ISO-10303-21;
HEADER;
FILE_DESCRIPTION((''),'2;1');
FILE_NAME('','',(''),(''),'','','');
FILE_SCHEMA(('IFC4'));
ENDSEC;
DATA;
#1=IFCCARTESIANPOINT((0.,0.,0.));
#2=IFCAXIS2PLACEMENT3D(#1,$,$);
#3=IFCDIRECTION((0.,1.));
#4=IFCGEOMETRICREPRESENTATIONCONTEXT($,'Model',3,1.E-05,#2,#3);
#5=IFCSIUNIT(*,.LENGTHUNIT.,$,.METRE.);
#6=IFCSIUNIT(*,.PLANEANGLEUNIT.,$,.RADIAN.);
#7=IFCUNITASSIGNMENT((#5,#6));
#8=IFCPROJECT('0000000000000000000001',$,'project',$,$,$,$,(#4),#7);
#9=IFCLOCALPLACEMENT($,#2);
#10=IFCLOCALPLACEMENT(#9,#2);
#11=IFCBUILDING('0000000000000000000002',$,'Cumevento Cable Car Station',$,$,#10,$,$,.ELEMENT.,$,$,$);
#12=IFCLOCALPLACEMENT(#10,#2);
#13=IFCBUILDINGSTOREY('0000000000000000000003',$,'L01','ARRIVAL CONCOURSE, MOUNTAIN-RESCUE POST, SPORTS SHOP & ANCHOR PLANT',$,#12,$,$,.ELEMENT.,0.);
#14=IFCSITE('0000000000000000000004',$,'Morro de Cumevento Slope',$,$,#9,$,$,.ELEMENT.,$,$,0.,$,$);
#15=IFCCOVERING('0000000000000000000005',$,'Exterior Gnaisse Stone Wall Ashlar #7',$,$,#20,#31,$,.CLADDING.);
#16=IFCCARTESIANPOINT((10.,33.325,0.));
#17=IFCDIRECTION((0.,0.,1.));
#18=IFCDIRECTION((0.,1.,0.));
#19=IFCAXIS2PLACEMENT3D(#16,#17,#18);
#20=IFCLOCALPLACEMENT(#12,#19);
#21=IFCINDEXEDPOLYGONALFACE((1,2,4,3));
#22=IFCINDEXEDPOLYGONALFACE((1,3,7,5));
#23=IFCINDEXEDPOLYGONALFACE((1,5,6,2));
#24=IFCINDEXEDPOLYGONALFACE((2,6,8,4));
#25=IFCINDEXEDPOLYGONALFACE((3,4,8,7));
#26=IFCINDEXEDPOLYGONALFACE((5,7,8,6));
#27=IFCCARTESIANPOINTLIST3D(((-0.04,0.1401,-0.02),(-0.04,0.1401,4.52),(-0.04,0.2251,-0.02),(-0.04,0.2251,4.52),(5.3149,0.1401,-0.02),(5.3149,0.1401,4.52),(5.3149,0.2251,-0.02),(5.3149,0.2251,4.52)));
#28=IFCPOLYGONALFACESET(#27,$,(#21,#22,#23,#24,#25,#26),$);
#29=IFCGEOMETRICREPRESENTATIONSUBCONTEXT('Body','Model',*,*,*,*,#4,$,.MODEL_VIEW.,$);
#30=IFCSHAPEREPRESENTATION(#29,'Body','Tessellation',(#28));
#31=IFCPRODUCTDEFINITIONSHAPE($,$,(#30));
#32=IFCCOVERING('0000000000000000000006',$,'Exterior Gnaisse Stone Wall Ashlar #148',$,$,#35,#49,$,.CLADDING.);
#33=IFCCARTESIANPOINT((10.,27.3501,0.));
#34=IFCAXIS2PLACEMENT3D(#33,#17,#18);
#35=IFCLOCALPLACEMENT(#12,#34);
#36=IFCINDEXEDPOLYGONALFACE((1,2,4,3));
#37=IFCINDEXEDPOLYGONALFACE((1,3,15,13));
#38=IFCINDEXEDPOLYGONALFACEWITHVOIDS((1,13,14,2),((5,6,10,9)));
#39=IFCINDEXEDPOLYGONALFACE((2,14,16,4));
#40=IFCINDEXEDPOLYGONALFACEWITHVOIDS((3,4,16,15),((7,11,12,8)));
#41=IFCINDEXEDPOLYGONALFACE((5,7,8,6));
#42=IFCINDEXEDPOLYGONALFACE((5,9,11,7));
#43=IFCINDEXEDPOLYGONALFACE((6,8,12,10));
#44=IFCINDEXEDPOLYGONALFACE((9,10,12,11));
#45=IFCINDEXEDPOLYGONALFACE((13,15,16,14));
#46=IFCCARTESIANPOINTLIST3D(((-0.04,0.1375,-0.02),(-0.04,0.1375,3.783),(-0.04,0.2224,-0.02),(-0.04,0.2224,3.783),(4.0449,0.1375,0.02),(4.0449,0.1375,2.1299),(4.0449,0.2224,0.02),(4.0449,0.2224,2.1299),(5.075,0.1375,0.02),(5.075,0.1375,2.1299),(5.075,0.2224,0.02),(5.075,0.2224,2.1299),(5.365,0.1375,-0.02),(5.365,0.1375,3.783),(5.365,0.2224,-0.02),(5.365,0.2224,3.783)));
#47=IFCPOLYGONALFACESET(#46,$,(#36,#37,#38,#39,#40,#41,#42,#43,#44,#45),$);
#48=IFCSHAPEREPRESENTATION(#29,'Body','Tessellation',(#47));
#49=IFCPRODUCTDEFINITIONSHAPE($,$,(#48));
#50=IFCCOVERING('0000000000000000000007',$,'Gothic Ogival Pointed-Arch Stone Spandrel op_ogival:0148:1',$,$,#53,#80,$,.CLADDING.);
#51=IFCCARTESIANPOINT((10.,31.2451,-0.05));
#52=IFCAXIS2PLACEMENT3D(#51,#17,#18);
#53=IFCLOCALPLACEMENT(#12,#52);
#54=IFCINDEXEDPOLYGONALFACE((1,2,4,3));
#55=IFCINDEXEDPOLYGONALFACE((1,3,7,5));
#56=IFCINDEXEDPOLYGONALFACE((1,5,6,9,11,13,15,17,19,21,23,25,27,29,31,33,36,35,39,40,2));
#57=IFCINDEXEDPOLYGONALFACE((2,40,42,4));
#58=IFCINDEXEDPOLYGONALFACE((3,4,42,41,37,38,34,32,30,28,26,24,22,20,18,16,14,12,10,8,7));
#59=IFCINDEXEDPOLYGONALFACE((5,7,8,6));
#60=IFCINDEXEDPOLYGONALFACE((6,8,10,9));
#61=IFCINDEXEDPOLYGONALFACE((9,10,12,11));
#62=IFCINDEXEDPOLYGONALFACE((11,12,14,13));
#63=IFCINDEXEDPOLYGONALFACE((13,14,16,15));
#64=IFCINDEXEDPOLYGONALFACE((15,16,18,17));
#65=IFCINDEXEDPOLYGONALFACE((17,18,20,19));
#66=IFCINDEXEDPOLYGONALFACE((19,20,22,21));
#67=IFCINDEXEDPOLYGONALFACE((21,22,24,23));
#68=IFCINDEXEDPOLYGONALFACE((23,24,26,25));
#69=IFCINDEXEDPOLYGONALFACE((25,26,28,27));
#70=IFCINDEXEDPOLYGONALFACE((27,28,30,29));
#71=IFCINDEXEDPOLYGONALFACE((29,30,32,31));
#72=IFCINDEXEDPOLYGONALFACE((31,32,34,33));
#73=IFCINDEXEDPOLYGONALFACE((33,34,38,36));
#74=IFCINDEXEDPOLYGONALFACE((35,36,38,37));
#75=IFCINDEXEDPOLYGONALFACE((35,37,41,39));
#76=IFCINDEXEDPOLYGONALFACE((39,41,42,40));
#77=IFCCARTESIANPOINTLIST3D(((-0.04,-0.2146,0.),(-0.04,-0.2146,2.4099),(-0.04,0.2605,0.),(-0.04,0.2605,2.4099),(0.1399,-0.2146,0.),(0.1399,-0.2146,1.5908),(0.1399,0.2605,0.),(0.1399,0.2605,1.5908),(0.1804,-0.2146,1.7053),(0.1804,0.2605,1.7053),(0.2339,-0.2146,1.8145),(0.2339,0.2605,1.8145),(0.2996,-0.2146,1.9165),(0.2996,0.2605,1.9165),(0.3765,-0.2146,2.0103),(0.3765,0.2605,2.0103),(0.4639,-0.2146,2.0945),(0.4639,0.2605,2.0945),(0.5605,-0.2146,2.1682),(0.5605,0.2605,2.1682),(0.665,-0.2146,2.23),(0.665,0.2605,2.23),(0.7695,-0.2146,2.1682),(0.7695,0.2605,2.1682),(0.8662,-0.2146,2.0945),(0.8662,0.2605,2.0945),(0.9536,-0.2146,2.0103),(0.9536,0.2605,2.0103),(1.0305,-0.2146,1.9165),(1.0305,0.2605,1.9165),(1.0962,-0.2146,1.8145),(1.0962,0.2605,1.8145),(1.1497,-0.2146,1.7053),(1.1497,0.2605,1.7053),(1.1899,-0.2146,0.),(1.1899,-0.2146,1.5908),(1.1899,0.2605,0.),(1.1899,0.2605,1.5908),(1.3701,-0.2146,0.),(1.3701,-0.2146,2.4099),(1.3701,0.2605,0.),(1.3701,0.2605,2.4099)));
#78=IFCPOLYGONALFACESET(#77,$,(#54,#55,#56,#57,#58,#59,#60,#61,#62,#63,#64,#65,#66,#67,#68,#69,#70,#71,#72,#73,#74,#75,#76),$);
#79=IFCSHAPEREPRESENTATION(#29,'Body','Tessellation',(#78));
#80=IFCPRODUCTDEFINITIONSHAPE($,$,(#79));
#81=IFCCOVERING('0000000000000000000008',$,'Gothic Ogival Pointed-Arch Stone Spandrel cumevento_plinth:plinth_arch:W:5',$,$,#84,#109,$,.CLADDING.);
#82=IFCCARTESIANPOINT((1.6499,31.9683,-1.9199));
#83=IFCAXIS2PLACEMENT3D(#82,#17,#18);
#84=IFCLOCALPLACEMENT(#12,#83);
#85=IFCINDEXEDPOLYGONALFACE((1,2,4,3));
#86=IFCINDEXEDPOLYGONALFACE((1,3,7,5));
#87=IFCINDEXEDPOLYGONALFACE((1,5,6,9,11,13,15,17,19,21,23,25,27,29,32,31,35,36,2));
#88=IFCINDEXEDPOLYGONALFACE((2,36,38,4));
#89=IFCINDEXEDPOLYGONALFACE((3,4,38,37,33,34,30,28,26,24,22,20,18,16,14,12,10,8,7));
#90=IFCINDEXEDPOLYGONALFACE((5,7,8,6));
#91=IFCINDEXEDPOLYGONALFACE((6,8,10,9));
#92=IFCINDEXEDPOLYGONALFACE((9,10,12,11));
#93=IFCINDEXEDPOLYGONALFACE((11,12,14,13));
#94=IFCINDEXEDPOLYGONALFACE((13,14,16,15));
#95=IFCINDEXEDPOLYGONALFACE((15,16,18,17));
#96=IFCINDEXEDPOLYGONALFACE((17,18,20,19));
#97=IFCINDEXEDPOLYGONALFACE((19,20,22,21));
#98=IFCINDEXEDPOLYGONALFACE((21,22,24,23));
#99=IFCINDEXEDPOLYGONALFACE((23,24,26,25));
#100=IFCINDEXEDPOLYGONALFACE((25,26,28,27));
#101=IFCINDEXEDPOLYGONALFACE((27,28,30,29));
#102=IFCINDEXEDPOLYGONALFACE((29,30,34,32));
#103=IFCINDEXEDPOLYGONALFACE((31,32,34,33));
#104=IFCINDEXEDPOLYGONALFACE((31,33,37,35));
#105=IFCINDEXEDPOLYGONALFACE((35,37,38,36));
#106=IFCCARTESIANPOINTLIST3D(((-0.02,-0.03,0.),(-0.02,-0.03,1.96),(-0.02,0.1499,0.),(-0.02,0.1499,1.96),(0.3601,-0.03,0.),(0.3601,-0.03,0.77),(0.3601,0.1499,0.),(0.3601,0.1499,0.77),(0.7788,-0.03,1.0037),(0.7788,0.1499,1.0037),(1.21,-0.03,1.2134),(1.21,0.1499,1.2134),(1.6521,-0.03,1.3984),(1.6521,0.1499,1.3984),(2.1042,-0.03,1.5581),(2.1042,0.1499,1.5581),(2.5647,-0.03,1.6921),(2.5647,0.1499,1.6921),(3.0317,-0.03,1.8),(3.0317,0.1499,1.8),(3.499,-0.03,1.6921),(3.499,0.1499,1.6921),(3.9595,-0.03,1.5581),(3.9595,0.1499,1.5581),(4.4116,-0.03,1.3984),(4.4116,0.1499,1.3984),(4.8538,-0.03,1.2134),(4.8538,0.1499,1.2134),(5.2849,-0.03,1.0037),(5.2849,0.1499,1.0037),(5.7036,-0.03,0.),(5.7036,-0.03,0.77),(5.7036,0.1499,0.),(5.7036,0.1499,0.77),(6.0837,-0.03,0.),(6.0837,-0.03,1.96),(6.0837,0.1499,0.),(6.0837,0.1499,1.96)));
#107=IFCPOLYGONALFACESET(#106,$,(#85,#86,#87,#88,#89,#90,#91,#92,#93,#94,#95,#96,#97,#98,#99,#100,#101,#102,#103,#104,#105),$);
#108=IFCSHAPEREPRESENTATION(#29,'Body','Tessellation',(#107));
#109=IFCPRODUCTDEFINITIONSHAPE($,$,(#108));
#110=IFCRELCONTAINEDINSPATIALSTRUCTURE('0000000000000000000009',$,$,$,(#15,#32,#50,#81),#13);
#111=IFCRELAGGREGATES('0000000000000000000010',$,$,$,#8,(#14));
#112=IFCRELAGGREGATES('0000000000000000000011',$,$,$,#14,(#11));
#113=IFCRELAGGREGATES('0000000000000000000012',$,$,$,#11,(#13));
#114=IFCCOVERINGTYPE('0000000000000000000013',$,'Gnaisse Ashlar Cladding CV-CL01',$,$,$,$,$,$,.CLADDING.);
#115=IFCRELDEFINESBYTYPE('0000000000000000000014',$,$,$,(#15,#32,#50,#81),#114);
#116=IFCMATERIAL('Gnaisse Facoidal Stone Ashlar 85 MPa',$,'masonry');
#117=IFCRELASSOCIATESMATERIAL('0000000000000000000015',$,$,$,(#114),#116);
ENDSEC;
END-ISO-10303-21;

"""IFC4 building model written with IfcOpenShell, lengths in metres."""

from ifc_helpers import new_model, si_unit, direction, frame, origin, place, context, subcontext, project, spatial, polyline, outline, extrude, material, type_object, element, save


model = new_model("IFC4")

# Units and contexts
model_context = context("Model", 3, precision=1e-05, world=origin(), true_north=direction((0.0, 1.0)))
body_context = subcontext(model_context, "Body", "Model", "MODEL_VIEW")
ifc_project = project(units=[si_unit("LENGTHUNIT", "METRE"), si_unit("PLANEANGLEUNIT", "RADIAN")], contexts=[model_context])

# Site, building, storey
site_placement = place(None, origin())
site = spatial("IfcSite", under=ifc_project, at=site_placement, Name="Morro de Cumevento Slope", CompositionType="ELEMENT", RefElevation=0.0)
building_placement = place(site_placement, origin())
building = spatial("IfcBuilding", under=site, at=building_placement, Name="Cumevento Cable Car Station", CompositionType="ELEMENT")
storey_placement = place(building_placement, origin())
storey = spatial("IfcBuildingStorey", under=building, at=storey_placement, Name="L01", Description="ARRIVAL CONCOURSE, MOUNTAIN-RESCUE POST, SPORTS SHOP & ANCHOR PLANT", CompositionType="ELEMENT", Elevation=0.0)

# Coverings
ifc_material_1 = material(Name="Gnaisse Facoidal Stone Ashlar 85 MPa", Category="masonry")
covering_type = type_object("IfcCoveringType", Name="Gnaisse Ashlar Cladding CV-CL01", PredefinedType="CLADDING", material=ifc_material_1)
covering_1_placement = place(storey_placement, frame((10.0, 33.325, 0.0), z_axis=(0.0, 0.0, 1.0), x_axis=(0.0, 1.0, 0.0)))
element("IfcCovering", 1, at=covering_1_placement, inside=storey, type_object=covering_type, Name="Exterior Gnaisse Stone Wall Ashlar #7", PredefinedType="CLADDING", context=body_context, shape_type="SweptSolid", body=[
    extrude(outline(polyline([(-0.04, -0.02), (5.3149, -0.02), (5.3149, 4.52), (-0.04, 4.52), (-0.04, -0.02)])), frame((0.0, 0.2251, 0.0), z_axis=(0.0, -1.0, 0.0), x_axis=(1.0, 0.0, 0.0)), (0.0, 0.0, 1.0), 0.085),
])
covering_2_placement = place(storey_placement, frame((10.0, 27.3501, 0.0), z_axis=(0.0, 0.0, 1.0), x_axis=(0.0, 1.0, 0.0)))
element("IfcCovering", 2, at=covering_2_placement, inside=storey, type_object=covering_type, Name="Exterior Gnaisse Stone Wall Ashlar #148", PredefinedType="CLADDING", context=body_context, shape_type="SweptSolid", body=[
    extrude(outline(polyline([(-0.04, -0.02), (5.365, -0.02), (5.365, 3.783), (-0.04, 3.783), (-0.04, -0.02)]), holes=[polyline([(4.0449, 0.02), (5.075, 0.02), (5.075, 2.1299), (4.0449, 2.1299), (4.0449, 0.02)])]), frame((0.0, 0.2224, 0.0), z_axis=(0.0, -1.0, 0.0), x_axis=(1.0, 0.0, 0.0)), (0.0, 0.0, 1.0), 0.085),
])
covering_3_placement = place(storey_placement, frame((10.0, 31.2451, -0.05), z_axis=(0.0, 0.0, 1.0), x_axis=(0.0, 1.0, 0.0)))
element("IfcCovering", 3, at=covering_3_placement, inside=storey, type_object=covering_type, Name="Gothic Ogival Pointed-Arch Stone Spandrel op_ogival:0148:1", PredefinedType="CLADDING", context=body_context, shape_type="SweptSolid", body=[
    extrude(outline(polyline([(-0.04, 0.0), (-0.04, 2.4099), (1.3701, 2.4099), (1.3701, 0.0), (1.1899, 0.0), (1.1899, 1.5908), (1.1497, 1.7053), (1.0962, 1.8145), (1.0305, 1.9165), (0.9536, 2.0103), (0.8662, 2.0945), (0.7695, 2.1682), (0.665, 2.23), (0.5605, 2.1682), (0.4639, 2.0945), (0.3765, 2.0103), (0.2996, 1.9165), (0.2339, 1.8145), (0.1804, 1.7053), (0.1399, 1.5908), (0.1399, 0.0), (-0.04, 0.0)])), frame((0.0, 0.2605, 0.0), z_axis=(0.0, -1.0, 0.0), x_axis=(1.0, 0.0, 0.0)), (0.0, 0.0, 1.0), 0.4751),
])
covering_4_placement = place(storey_placement, frame((1.6499, 31.9683, -1.9199), z_axis=(0.0, 0.0, 1.0), x_axis=(0.0, 1.0, 0.0)))
element("IfcCovering", 4, at=covering_4_placement, inside=storey, type_object=covering_type, Name="Gothic Ogival Pointed-Arch Stone Spandrel cumevento_plinth:plinth_arch:W:5", PredefinedType="CLADDING", context=body_context, shape_type="SweptSolid", body=[
    extrude(outline(polyline([(-0.02, 0.0), (-0.02, 1.96), (6.0837, 1.96), (6.0837, 0.0), (5.7036, 0.0), (5.7036, 0.77), (5.2849, 1.0037), (4.8538, 1.2134), (4.4116, 1.3984), (3.9595, 1.5581), (3.499, 1.6921), (3.0317, 1.8), (2.5647, 1.6921), (2.1042, 1.5581), (1.6521, 1.3984), (1.21, 1.2134), (0.7788, 1.0037), (0.3601, 0.77), (0.3601, 0.0), (-0.02, 0.0)])), frame((0.0, 0.1499, 0.0), z_axis=(0.0, -1.0, 0.0), x_axis=(1.0, 0.0, 0.0)), (0.0, 0.0, 1.0), 0.1799),
])

save(model, "model.ifc")
